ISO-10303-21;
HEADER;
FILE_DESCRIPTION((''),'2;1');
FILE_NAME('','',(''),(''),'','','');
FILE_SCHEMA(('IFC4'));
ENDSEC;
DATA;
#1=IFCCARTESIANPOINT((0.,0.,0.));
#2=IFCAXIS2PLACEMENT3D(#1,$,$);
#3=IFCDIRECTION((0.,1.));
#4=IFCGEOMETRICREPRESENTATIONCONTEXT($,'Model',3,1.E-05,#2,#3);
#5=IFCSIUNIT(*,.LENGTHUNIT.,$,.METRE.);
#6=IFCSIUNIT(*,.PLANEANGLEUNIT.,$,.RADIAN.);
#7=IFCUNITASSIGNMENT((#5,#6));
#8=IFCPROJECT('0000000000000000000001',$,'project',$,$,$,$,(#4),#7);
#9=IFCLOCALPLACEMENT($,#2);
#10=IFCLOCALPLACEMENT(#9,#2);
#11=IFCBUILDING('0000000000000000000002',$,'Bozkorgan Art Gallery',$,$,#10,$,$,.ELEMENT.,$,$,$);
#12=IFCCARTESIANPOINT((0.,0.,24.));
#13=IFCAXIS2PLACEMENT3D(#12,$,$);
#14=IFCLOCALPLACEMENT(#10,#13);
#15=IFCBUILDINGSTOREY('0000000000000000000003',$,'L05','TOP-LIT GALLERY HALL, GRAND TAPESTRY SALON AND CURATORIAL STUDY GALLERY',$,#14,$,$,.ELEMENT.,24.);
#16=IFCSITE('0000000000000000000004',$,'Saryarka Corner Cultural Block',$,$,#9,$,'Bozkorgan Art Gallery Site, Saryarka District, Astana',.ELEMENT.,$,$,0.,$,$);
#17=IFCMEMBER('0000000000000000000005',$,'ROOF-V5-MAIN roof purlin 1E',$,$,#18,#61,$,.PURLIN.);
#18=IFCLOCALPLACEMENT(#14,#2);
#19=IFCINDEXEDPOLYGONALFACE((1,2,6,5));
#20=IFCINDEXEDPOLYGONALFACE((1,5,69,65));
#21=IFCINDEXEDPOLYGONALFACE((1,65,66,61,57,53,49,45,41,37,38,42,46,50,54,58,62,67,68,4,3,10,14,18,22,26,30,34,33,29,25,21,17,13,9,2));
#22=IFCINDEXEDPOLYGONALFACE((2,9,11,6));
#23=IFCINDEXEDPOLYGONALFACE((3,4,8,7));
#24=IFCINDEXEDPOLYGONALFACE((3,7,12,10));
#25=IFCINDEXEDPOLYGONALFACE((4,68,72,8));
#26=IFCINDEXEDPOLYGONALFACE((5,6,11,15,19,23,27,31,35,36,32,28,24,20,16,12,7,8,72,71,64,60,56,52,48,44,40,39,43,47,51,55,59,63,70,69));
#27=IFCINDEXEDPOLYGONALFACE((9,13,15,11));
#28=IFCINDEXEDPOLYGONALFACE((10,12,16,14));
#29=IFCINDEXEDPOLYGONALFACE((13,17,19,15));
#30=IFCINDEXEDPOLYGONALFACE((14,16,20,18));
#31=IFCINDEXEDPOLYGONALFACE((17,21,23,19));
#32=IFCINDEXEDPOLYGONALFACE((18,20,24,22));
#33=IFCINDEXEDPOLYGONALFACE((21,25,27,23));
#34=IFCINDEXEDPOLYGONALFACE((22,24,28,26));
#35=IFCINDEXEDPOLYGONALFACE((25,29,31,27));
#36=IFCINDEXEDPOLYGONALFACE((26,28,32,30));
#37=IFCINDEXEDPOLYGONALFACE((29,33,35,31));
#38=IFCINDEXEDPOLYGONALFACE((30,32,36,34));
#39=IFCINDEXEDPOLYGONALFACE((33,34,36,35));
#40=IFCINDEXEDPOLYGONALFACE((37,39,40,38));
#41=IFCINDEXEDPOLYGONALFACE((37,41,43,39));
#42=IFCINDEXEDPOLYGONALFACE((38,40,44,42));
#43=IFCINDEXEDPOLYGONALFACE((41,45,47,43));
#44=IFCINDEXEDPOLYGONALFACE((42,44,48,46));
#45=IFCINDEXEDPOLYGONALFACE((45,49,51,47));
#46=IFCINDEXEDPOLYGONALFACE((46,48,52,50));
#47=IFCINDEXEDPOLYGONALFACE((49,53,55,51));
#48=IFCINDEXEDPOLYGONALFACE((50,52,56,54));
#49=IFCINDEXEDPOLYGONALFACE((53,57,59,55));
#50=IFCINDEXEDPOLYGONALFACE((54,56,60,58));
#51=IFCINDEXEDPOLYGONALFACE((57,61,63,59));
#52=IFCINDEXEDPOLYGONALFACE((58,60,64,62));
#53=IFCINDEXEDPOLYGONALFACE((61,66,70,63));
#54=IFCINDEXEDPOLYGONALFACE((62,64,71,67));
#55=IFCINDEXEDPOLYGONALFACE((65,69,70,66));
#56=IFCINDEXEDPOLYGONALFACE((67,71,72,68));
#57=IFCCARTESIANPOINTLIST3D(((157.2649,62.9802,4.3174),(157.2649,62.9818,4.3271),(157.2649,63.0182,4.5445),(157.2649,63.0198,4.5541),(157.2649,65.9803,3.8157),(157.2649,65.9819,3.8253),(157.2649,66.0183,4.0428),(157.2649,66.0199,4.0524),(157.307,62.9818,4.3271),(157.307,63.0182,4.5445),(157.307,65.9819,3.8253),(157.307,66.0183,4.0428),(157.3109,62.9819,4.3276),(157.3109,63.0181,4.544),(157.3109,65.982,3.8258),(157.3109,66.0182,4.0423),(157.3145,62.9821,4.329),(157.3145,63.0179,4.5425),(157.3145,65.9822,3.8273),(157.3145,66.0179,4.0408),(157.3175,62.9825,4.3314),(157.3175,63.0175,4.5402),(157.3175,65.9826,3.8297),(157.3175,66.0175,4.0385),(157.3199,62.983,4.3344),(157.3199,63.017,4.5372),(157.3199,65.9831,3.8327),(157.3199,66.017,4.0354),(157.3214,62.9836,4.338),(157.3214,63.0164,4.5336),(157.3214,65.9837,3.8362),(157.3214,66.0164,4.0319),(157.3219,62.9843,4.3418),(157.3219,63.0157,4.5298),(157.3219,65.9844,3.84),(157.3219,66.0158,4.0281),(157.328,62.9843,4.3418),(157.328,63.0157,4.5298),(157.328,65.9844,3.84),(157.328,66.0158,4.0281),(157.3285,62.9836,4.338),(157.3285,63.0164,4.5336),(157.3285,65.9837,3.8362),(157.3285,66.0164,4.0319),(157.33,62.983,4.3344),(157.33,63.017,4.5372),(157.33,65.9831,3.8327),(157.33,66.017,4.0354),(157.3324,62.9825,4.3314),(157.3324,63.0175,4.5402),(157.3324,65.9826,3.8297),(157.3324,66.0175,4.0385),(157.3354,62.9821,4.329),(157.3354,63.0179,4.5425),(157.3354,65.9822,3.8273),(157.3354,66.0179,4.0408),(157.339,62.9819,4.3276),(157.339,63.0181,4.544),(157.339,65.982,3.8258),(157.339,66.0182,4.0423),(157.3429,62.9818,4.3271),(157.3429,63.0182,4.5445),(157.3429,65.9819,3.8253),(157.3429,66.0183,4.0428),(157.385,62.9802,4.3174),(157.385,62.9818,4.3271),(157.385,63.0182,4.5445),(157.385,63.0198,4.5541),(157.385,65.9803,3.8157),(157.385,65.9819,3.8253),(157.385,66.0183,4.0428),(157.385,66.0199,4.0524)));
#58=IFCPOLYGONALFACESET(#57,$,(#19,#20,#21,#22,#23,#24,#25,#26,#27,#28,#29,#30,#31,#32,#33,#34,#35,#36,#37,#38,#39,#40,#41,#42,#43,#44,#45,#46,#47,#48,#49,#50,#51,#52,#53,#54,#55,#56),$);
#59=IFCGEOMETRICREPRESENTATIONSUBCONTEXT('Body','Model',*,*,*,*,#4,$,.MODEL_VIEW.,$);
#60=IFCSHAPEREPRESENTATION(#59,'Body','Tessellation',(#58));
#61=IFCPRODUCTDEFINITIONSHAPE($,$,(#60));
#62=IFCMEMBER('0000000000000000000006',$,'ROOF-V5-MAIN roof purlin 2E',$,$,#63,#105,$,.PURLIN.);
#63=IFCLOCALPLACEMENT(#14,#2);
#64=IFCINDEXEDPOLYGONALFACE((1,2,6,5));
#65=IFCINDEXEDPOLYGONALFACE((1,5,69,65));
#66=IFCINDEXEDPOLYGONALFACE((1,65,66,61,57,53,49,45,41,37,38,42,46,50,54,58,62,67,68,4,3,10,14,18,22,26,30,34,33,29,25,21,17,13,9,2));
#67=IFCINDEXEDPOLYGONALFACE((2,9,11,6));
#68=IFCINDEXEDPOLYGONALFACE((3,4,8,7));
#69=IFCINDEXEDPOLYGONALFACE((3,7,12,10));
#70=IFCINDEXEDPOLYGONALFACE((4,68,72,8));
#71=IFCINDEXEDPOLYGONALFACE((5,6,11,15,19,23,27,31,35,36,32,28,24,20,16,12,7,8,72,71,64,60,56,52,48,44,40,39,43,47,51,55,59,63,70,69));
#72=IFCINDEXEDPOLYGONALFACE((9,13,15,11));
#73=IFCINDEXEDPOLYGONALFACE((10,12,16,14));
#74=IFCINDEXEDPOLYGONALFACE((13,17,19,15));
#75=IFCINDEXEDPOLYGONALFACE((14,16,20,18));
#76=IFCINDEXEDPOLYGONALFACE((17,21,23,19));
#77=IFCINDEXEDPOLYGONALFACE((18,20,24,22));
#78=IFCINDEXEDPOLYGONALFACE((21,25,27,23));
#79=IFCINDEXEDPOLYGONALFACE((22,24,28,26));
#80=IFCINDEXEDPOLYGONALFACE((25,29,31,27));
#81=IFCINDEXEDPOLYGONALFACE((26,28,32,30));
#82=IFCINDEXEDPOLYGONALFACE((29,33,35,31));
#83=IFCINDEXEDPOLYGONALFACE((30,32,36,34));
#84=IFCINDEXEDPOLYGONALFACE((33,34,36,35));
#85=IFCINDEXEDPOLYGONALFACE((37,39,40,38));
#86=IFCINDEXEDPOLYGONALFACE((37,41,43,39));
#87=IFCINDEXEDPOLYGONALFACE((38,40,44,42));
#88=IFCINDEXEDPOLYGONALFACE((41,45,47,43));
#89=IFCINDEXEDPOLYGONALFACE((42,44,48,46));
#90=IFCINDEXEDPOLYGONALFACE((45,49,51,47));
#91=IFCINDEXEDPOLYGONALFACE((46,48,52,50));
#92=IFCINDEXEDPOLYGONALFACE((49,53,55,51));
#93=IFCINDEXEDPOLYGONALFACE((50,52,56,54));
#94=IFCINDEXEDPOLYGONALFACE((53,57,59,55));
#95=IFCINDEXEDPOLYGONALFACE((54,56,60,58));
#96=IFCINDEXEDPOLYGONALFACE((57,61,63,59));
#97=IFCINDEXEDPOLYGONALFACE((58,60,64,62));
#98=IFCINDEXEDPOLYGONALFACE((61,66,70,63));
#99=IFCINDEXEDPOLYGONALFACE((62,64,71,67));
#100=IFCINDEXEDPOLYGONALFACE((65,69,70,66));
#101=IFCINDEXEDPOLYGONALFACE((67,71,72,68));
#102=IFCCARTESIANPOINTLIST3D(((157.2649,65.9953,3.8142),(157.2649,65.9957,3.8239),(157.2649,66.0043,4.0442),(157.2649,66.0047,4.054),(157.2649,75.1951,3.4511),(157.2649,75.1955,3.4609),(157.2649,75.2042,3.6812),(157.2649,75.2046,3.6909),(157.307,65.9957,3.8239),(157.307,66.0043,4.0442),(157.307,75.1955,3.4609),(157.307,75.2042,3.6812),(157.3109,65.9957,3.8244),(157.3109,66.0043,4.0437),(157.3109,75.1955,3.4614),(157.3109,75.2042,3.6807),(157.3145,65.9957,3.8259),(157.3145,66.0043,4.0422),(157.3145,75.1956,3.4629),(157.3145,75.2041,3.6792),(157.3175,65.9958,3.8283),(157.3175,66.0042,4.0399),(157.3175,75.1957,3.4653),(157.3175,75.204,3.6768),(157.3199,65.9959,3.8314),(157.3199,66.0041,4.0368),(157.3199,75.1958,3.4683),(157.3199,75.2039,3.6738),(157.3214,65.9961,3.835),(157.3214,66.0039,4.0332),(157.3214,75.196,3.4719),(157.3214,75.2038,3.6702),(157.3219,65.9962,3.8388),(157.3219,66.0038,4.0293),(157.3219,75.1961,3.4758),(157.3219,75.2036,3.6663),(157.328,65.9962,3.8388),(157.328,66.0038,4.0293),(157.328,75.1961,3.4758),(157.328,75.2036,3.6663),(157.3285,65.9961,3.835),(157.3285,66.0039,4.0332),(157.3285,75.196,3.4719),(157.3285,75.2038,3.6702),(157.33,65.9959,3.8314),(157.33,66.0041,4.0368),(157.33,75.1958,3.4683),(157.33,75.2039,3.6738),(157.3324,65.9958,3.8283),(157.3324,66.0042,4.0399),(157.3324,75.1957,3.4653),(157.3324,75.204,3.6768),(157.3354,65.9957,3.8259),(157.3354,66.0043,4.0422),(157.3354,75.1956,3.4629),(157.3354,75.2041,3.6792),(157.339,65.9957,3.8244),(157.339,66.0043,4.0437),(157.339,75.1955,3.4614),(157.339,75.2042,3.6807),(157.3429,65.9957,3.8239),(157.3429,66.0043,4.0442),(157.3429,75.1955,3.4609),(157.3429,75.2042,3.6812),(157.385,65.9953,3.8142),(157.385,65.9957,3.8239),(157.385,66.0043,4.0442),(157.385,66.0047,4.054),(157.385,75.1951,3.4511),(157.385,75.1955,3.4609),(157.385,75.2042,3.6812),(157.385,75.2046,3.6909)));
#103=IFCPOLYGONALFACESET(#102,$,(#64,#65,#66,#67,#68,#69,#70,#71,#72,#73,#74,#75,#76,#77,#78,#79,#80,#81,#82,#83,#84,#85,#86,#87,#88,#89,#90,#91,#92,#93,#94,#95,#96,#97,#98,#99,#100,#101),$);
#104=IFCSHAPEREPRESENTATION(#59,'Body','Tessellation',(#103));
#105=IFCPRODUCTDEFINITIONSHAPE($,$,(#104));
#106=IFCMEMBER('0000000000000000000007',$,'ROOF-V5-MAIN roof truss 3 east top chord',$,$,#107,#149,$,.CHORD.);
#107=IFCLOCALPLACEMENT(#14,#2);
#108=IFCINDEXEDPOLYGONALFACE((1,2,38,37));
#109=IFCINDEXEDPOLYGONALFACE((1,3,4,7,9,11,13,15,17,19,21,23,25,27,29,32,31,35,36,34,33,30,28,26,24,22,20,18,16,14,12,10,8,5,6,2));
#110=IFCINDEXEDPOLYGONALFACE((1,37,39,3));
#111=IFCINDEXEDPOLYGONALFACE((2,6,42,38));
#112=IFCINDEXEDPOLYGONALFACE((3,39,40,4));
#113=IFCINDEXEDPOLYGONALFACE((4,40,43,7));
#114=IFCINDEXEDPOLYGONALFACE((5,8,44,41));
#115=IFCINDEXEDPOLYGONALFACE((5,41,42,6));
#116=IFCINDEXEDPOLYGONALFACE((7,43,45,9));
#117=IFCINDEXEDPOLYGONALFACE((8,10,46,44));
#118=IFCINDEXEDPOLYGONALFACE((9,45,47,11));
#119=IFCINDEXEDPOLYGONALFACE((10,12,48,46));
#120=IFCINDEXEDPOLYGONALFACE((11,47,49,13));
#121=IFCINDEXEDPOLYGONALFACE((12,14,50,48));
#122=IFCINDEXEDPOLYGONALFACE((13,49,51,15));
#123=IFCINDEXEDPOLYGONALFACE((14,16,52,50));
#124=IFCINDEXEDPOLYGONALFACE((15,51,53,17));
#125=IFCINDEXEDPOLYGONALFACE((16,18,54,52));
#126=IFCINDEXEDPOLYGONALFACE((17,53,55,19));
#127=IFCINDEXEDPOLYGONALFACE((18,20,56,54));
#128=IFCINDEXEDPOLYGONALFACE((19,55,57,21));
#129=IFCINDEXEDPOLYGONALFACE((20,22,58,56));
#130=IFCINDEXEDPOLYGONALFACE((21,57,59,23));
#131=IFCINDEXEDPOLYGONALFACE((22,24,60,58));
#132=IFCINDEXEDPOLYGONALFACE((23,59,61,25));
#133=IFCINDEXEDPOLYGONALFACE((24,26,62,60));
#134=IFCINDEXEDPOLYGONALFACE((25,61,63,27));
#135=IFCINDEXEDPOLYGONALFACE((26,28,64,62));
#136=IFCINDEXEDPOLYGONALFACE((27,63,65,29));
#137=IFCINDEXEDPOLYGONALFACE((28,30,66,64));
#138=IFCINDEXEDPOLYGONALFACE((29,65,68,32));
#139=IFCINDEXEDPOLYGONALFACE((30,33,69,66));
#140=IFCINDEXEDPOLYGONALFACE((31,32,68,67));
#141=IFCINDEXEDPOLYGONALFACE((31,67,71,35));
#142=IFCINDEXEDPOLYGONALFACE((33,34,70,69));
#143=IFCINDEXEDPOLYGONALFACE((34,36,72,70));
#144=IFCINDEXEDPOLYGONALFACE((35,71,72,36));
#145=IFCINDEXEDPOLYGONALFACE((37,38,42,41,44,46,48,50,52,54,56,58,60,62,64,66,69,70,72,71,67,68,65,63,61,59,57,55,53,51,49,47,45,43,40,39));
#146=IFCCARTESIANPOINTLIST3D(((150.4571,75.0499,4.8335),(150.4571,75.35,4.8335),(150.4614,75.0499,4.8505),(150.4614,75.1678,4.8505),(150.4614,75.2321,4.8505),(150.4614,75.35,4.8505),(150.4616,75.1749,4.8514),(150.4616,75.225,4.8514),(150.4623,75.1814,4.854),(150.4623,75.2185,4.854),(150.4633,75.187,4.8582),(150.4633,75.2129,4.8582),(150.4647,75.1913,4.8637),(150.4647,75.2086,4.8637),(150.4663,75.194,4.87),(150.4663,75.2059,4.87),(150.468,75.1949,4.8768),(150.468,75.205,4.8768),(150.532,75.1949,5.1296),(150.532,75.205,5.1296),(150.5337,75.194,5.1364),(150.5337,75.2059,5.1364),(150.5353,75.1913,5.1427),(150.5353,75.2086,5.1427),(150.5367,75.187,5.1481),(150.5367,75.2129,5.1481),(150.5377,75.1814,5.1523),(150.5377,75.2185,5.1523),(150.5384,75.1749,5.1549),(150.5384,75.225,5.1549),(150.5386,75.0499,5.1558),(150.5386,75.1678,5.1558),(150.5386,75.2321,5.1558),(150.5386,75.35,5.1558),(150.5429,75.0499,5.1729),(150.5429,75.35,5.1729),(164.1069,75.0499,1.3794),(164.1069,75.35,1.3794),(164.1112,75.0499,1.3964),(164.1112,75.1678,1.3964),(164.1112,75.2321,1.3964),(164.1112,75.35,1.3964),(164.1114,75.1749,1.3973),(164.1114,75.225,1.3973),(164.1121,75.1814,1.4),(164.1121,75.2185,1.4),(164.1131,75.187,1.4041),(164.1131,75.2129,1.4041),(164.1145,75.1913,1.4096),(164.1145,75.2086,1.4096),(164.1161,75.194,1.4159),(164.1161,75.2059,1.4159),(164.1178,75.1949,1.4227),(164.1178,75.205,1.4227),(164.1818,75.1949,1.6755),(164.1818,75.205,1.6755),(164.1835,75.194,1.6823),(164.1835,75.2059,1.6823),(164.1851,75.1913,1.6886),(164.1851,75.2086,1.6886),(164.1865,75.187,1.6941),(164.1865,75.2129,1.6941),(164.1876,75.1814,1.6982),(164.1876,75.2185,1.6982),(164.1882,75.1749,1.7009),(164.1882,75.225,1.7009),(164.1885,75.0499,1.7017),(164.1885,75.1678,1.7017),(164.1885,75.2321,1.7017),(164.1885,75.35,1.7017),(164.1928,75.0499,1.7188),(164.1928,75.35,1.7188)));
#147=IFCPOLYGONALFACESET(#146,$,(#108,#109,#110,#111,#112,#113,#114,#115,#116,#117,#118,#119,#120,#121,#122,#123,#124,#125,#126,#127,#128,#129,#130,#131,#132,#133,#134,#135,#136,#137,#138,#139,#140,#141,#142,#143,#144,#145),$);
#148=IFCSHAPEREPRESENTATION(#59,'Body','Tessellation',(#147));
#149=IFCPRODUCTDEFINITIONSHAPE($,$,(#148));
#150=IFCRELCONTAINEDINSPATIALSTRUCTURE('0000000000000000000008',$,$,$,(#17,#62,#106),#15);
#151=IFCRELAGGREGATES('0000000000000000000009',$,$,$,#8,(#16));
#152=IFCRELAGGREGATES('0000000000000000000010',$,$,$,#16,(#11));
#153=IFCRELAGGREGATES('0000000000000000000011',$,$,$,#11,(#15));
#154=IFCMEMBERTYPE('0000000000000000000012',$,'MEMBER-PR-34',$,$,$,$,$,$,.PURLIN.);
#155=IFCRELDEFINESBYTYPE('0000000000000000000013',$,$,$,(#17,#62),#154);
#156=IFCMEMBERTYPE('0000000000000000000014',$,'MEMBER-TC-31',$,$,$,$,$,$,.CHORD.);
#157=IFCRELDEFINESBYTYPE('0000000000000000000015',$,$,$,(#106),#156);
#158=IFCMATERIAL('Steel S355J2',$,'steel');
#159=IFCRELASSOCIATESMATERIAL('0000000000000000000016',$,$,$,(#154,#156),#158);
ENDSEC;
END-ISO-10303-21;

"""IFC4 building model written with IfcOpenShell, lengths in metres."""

from ifc_helpers import new_model, si_unit, direction, frame, origin, origin_2d, place, context, subcontext, project, spatial, i_section, extrude, material, material_profile, profile_set, type_object, element, save


model = new_model("IFC4")

# Units and contexts
model_context = context("Model", 3, precision=1e-05, world=origin(), true_north=direction((0.0, 1.0)))
body_context = subcontext(model_context, "Body", "Model", "MODEL_VIEW")
ifc_project = project(units=[si_unit("LENGTHUNIT", "METRE"), si_unit("PLANEANGLEUNIT", "RADIAN")], contexts=[model_context])

# Site, building, storey
site_placement = place(None, origin())
site = spatial("IfcSite", under=ifc_project, at=site_placement, Name="Saryarka Corner Cultural Block", LongName="Bozkorgan Art Gallery Site, Saryarka District, Astana", CompositionType="ELEMENT", RefElevation=0.0)
building_placement = place(site_placement, origin())
building = spatial("IfcBuilding", under=site, at=building_placement, Name="Bozkorgan Art Gallery", CompositionType="ELEMENT")
storey_placement = place(building_placement, frame((0.0, 0.0, 24.0)))
storey = spatial("IfcBuildingStorey", under=building, at=storey_placement, Name="L05", Description="TOP-LIT GALLERY HALL, GRAND TAPESTRY SALON AND CURATORIAL STUDY GALLERY", CompositionType="ELEMENT", Elevation=24.0)

# Shared definitions
ifc_material_1 = material(Name="Steel S355J2", Category="steel")

# Members
ifc_material_profile_1 = material_profile(ifc_material_1, i_section(OverallWidth=0.1201, OverallDepth=0.24, WebThickness=0.0061, FlangeThickness=0.0098, FilletRadius=0.0149, at=origin_2d()), Name="IPE 240")
ifc_profile_set_1 = profile_set([ifc_material_profile_1], Name="Steel S355J2")
member_type_1 = type_object("IfcMemberType", Name="MEMBER-PR-34", PredefinedType="PURLIN", material=ifc_profile_set_1)
member_1_placement = place(storey_placement, frame((157.325, 63.0, 4.4358), z_axis=(0.0, 0.986303, -0.164946), x_axis=(-1.0, 0.0, 0.0)))
element("IfcMember", 1, at=member_1_placement, inside=storey, type_object=member_type_1, Name="ROOF-V5-MAIN roof purlin 1E", PredefinedType="PURLIN", context=body_context, shape_type="SweptSolid", body=[
    extrude(i_section(OverallWidth=0.1201, OverallDepth=0.24, WebThickness=0.0061, FlangeThickness=0.0098, FilletRadius=0.0149, at=origin_2d()), origin(), (0.0, 0.0, 1.0), 3.0417),
])
member_2_placement = place(storey_placement, frame((157.325, 66.0, 3.9341), z_axis=(0.0, 0.999222, -0.03943), x_axis=(-1.0, 0.0, 0.0)))
element("IfcMember", 2, at=member_2_placement, inside=storey, type_object=member_type_1, Name="ROOF-V5-MAIN roof purlin 2E", PredefinedType="PURLIN", context=body_context, shape_type="SweptSolid", body=[
    extrude(i_section(OverallWidth=0.1201, OverallDepth=0.24, WebThickness=0.0061, FlangeThickness=0.0098, FilletRadius=0.0149, at=origin_2d()), origin(), (0.0, 0.0, 1.0), 9.207),
])
ifc_material_profile_2 = material_profile(ifc_material_1, i_section(OverallWidth=0.3, OverallDepth=0.3501, WebThickness=0.01, FlangeThickness=0.0176, FilletRadius=0.0271, at=origin_2d()), Name="HEA 360")
ifc_profile_set_2 = profile_set([ifc_material_profile_2], Name="Steel S355J2")
member_type_2 = type_object("IfcMemberType", Name="MEMBER-TC-31", PredefinedType="CHORD", material=ifc_profile_set_2)
member_3_placement = place(storey_placement, frame((150.5, 75.2, 5.0032), z_axis=(0.969443, 0.0, -0.245317), x_axis=(0.0, 1.0, 0.0)))
element("IfcMember", 3, at=member_3_placement, inside=storey, type_object=member_type_2, Name="ROOF-V5-MAIN roof truss 3 east top chord", PredefinedType="CHORD", context=body_context, shape_type="SweptSolid", body=[
    extrude(i_section(OverallWidth=0.3, OverallDepth=0.3501, WebThickness=0.01, FlangeThickness=0.0176, FilletRadius=0.0271, at=origin_2d()), origin(), (0.0, 0.0, 1.0), 14.0801),
])

save(model, "model.ifc")
